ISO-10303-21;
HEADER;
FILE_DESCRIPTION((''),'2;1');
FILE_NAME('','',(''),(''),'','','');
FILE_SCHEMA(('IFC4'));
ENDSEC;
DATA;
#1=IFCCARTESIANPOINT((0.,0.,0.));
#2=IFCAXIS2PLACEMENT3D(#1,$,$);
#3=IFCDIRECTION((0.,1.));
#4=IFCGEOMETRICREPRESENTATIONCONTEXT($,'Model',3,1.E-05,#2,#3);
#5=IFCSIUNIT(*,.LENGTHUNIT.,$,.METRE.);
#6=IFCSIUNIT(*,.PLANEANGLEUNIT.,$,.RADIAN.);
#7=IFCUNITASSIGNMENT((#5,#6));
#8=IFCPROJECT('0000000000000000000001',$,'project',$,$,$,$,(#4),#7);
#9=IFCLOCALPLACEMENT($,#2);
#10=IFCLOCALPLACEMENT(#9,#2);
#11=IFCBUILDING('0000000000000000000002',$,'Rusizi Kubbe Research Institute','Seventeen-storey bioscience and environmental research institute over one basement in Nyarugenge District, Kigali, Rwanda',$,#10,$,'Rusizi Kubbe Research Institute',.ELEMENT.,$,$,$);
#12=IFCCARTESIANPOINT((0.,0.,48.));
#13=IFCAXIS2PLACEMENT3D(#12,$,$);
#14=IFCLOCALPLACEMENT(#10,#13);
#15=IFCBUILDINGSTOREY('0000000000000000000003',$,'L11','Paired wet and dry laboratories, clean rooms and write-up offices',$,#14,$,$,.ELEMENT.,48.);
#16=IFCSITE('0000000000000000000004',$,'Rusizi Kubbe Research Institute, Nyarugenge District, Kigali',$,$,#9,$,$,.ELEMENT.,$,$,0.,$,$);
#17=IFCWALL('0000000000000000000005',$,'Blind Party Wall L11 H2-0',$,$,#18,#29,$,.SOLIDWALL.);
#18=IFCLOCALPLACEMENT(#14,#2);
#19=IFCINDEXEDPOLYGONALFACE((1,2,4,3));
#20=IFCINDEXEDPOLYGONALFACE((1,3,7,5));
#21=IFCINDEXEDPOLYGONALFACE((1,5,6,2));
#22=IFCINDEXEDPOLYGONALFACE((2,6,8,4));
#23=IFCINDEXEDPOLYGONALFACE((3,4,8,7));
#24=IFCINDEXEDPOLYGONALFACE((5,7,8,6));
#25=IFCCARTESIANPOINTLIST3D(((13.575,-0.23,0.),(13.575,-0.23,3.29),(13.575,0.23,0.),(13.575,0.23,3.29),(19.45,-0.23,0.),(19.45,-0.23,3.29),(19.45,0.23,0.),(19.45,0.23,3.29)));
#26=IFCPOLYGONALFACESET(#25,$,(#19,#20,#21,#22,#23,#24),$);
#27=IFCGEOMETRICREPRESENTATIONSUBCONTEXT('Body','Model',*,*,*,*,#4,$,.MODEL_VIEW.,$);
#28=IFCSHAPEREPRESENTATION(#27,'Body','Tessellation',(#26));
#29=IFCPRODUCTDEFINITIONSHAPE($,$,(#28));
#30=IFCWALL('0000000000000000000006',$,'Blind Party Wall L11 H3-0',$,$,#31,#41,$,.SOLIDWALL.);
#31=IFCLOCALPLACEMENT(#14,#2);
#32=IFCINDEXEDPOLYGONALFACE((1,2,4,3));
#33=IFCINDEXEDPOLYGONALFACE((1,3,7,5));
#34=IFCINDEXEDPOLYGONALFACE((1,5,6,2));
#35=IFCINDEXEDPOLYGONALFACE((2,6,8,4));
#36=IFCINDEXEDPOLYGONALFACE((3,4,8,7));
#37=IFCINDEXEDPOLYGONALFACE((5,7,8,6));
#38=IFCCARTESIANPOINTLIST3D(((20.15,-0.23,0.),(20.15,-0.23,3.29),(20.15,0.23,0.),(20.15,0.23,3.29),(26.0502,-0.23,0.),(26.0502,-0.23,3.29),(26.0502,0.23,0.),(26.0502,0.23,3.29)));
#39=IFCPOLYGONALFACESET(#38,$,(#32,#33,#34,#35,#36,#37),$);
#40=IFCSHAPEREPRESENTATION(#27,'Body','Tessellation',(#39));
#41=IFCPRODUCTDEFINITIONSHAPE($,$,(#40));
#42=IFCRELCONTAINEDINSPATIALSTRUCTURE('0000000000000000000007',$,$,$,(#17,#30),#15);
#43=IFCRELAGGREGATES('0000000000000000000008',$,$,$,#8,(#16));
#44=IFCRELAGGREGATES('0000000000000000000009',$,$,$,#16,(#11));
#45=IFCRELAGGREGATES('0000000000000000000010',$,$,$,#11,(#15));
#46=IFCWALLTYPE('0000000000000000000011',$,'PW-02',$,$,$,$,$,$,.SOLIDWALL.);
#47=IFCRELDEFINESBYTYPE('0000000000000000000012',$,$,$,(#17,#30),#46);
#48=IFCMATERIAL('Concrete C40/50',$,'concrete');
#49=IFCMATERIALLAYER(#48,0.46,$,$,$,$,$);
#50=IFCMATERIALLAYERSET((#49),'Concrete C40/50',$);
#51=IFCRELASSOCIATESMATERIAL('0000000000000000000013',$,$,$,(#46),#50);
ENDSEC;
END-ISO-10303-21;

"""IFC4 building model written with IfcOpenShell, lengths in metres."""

from ifc_helpers import new_model, si_unit, direction, frame, frame_2d, origin, place, context, subcontext, project, spatial, rectangle, extrude, material, layer, layer_set, type_object, element, save


model = new_model("IFC4")

# Units and contexts
model_context = context("Model", 3, precision=1e-05, world=origin(), true_north=direction((0.0, 1.0)))
body_context = subcontext(model_context, "Body", "Model", "MODEL_VIEW")
ifc_project = project(units=[si_unit("LENGTHUNIT", "METRE"), si_unit("PLANEANGLEUNIT", "RADIAN")], contexts=[model_context])

# Site, building, storey
site_placement = place(None, origin())
site = spatial("IfcSite", under=ifc_project, at=site_placement, Name="Rusizi Kubbe Research Institute, Nyarugenge District, Kigali", CompositionType="ELEMENT", RefElevation=0.0)
building_placement = place(site_placement, origin())
building = spatial("IfcBuilding", under=site, at=building_placement, Name="Rusizi Kubbe Research Institute", Description="Seventeen-storey bioscience and environmental research institute over one basement in Nyarugenge District, Kigali, Rwanda", LongName="Rusizi Kubbe Research Institute", CompositionType="ELEMENT")
storey_placement = place(building_placement, frame((0.0, 0.0, 48.0)))
storey = spatial("IfcBuildingStorey", under=building, at=storey_placement, Name="L11", Description="Paired wet and dry laboratories, clean rooms and write-up offices", CompositionType="ELEMENT", Elevation=48.0)

# Walls
ifc_material_1 = material(Name="Concrete C40/50", Category="concrete")
ifc_layer_1 = layer(ifc_material_1, 0.46)
ifc_layer_set_1 = layer_set([ifc_layer_1], Name="Concrete C40/50")
wall_type_1 = type_object("IfcWallType", Name="PW-02", PredefinedType="SOLIDWALL", material=ifc_layer_set_1)
wall_1_placement = place(storey_placement, frame((13.575, 0.0, 0.0), z_axis=(0.0, 0.0, 1.0), x_axis=(1.0, 0.0, 0.0)))
element("IfcWall", 1, at=wall_1_placement, inside=storey, type_object=wall_type_1, Name="Blind Party Wall L11 H2-0", PredefinedType="SOLIDWALL", context=body_context, shape_type="SweptSolid", body=[
    extrude(rectangle(XDim=5.875, YDim=0.46, at=frame_2d((2.9375, 0.0))), origin(), (0.0, 0.0, 1.0), 3.29),
])
wall_2_placement = place(storey_placement, frame((20.1499, 0.0, 0.0), z_axis=(0.0, 0.0, 1.0), x_axis=(1.0, 0.0, 0.0)))
element("IfcWall", 2, at=wall_2_placement, inside=storey, type_object=wall_type_1, Name="Blind Party Wall L11 H3-0", PredefinedType="SOLIDWALL", context=body_context, shape_type="SweptSolid", body=[
    extrude(rectangle(XDim=5.9001, YDim=0.46, at=frame_2d((2.9502, 0.0))), origin(), (0.0, 0.0, 1.0), 3.29),
])

save(model, "model.ifc")
